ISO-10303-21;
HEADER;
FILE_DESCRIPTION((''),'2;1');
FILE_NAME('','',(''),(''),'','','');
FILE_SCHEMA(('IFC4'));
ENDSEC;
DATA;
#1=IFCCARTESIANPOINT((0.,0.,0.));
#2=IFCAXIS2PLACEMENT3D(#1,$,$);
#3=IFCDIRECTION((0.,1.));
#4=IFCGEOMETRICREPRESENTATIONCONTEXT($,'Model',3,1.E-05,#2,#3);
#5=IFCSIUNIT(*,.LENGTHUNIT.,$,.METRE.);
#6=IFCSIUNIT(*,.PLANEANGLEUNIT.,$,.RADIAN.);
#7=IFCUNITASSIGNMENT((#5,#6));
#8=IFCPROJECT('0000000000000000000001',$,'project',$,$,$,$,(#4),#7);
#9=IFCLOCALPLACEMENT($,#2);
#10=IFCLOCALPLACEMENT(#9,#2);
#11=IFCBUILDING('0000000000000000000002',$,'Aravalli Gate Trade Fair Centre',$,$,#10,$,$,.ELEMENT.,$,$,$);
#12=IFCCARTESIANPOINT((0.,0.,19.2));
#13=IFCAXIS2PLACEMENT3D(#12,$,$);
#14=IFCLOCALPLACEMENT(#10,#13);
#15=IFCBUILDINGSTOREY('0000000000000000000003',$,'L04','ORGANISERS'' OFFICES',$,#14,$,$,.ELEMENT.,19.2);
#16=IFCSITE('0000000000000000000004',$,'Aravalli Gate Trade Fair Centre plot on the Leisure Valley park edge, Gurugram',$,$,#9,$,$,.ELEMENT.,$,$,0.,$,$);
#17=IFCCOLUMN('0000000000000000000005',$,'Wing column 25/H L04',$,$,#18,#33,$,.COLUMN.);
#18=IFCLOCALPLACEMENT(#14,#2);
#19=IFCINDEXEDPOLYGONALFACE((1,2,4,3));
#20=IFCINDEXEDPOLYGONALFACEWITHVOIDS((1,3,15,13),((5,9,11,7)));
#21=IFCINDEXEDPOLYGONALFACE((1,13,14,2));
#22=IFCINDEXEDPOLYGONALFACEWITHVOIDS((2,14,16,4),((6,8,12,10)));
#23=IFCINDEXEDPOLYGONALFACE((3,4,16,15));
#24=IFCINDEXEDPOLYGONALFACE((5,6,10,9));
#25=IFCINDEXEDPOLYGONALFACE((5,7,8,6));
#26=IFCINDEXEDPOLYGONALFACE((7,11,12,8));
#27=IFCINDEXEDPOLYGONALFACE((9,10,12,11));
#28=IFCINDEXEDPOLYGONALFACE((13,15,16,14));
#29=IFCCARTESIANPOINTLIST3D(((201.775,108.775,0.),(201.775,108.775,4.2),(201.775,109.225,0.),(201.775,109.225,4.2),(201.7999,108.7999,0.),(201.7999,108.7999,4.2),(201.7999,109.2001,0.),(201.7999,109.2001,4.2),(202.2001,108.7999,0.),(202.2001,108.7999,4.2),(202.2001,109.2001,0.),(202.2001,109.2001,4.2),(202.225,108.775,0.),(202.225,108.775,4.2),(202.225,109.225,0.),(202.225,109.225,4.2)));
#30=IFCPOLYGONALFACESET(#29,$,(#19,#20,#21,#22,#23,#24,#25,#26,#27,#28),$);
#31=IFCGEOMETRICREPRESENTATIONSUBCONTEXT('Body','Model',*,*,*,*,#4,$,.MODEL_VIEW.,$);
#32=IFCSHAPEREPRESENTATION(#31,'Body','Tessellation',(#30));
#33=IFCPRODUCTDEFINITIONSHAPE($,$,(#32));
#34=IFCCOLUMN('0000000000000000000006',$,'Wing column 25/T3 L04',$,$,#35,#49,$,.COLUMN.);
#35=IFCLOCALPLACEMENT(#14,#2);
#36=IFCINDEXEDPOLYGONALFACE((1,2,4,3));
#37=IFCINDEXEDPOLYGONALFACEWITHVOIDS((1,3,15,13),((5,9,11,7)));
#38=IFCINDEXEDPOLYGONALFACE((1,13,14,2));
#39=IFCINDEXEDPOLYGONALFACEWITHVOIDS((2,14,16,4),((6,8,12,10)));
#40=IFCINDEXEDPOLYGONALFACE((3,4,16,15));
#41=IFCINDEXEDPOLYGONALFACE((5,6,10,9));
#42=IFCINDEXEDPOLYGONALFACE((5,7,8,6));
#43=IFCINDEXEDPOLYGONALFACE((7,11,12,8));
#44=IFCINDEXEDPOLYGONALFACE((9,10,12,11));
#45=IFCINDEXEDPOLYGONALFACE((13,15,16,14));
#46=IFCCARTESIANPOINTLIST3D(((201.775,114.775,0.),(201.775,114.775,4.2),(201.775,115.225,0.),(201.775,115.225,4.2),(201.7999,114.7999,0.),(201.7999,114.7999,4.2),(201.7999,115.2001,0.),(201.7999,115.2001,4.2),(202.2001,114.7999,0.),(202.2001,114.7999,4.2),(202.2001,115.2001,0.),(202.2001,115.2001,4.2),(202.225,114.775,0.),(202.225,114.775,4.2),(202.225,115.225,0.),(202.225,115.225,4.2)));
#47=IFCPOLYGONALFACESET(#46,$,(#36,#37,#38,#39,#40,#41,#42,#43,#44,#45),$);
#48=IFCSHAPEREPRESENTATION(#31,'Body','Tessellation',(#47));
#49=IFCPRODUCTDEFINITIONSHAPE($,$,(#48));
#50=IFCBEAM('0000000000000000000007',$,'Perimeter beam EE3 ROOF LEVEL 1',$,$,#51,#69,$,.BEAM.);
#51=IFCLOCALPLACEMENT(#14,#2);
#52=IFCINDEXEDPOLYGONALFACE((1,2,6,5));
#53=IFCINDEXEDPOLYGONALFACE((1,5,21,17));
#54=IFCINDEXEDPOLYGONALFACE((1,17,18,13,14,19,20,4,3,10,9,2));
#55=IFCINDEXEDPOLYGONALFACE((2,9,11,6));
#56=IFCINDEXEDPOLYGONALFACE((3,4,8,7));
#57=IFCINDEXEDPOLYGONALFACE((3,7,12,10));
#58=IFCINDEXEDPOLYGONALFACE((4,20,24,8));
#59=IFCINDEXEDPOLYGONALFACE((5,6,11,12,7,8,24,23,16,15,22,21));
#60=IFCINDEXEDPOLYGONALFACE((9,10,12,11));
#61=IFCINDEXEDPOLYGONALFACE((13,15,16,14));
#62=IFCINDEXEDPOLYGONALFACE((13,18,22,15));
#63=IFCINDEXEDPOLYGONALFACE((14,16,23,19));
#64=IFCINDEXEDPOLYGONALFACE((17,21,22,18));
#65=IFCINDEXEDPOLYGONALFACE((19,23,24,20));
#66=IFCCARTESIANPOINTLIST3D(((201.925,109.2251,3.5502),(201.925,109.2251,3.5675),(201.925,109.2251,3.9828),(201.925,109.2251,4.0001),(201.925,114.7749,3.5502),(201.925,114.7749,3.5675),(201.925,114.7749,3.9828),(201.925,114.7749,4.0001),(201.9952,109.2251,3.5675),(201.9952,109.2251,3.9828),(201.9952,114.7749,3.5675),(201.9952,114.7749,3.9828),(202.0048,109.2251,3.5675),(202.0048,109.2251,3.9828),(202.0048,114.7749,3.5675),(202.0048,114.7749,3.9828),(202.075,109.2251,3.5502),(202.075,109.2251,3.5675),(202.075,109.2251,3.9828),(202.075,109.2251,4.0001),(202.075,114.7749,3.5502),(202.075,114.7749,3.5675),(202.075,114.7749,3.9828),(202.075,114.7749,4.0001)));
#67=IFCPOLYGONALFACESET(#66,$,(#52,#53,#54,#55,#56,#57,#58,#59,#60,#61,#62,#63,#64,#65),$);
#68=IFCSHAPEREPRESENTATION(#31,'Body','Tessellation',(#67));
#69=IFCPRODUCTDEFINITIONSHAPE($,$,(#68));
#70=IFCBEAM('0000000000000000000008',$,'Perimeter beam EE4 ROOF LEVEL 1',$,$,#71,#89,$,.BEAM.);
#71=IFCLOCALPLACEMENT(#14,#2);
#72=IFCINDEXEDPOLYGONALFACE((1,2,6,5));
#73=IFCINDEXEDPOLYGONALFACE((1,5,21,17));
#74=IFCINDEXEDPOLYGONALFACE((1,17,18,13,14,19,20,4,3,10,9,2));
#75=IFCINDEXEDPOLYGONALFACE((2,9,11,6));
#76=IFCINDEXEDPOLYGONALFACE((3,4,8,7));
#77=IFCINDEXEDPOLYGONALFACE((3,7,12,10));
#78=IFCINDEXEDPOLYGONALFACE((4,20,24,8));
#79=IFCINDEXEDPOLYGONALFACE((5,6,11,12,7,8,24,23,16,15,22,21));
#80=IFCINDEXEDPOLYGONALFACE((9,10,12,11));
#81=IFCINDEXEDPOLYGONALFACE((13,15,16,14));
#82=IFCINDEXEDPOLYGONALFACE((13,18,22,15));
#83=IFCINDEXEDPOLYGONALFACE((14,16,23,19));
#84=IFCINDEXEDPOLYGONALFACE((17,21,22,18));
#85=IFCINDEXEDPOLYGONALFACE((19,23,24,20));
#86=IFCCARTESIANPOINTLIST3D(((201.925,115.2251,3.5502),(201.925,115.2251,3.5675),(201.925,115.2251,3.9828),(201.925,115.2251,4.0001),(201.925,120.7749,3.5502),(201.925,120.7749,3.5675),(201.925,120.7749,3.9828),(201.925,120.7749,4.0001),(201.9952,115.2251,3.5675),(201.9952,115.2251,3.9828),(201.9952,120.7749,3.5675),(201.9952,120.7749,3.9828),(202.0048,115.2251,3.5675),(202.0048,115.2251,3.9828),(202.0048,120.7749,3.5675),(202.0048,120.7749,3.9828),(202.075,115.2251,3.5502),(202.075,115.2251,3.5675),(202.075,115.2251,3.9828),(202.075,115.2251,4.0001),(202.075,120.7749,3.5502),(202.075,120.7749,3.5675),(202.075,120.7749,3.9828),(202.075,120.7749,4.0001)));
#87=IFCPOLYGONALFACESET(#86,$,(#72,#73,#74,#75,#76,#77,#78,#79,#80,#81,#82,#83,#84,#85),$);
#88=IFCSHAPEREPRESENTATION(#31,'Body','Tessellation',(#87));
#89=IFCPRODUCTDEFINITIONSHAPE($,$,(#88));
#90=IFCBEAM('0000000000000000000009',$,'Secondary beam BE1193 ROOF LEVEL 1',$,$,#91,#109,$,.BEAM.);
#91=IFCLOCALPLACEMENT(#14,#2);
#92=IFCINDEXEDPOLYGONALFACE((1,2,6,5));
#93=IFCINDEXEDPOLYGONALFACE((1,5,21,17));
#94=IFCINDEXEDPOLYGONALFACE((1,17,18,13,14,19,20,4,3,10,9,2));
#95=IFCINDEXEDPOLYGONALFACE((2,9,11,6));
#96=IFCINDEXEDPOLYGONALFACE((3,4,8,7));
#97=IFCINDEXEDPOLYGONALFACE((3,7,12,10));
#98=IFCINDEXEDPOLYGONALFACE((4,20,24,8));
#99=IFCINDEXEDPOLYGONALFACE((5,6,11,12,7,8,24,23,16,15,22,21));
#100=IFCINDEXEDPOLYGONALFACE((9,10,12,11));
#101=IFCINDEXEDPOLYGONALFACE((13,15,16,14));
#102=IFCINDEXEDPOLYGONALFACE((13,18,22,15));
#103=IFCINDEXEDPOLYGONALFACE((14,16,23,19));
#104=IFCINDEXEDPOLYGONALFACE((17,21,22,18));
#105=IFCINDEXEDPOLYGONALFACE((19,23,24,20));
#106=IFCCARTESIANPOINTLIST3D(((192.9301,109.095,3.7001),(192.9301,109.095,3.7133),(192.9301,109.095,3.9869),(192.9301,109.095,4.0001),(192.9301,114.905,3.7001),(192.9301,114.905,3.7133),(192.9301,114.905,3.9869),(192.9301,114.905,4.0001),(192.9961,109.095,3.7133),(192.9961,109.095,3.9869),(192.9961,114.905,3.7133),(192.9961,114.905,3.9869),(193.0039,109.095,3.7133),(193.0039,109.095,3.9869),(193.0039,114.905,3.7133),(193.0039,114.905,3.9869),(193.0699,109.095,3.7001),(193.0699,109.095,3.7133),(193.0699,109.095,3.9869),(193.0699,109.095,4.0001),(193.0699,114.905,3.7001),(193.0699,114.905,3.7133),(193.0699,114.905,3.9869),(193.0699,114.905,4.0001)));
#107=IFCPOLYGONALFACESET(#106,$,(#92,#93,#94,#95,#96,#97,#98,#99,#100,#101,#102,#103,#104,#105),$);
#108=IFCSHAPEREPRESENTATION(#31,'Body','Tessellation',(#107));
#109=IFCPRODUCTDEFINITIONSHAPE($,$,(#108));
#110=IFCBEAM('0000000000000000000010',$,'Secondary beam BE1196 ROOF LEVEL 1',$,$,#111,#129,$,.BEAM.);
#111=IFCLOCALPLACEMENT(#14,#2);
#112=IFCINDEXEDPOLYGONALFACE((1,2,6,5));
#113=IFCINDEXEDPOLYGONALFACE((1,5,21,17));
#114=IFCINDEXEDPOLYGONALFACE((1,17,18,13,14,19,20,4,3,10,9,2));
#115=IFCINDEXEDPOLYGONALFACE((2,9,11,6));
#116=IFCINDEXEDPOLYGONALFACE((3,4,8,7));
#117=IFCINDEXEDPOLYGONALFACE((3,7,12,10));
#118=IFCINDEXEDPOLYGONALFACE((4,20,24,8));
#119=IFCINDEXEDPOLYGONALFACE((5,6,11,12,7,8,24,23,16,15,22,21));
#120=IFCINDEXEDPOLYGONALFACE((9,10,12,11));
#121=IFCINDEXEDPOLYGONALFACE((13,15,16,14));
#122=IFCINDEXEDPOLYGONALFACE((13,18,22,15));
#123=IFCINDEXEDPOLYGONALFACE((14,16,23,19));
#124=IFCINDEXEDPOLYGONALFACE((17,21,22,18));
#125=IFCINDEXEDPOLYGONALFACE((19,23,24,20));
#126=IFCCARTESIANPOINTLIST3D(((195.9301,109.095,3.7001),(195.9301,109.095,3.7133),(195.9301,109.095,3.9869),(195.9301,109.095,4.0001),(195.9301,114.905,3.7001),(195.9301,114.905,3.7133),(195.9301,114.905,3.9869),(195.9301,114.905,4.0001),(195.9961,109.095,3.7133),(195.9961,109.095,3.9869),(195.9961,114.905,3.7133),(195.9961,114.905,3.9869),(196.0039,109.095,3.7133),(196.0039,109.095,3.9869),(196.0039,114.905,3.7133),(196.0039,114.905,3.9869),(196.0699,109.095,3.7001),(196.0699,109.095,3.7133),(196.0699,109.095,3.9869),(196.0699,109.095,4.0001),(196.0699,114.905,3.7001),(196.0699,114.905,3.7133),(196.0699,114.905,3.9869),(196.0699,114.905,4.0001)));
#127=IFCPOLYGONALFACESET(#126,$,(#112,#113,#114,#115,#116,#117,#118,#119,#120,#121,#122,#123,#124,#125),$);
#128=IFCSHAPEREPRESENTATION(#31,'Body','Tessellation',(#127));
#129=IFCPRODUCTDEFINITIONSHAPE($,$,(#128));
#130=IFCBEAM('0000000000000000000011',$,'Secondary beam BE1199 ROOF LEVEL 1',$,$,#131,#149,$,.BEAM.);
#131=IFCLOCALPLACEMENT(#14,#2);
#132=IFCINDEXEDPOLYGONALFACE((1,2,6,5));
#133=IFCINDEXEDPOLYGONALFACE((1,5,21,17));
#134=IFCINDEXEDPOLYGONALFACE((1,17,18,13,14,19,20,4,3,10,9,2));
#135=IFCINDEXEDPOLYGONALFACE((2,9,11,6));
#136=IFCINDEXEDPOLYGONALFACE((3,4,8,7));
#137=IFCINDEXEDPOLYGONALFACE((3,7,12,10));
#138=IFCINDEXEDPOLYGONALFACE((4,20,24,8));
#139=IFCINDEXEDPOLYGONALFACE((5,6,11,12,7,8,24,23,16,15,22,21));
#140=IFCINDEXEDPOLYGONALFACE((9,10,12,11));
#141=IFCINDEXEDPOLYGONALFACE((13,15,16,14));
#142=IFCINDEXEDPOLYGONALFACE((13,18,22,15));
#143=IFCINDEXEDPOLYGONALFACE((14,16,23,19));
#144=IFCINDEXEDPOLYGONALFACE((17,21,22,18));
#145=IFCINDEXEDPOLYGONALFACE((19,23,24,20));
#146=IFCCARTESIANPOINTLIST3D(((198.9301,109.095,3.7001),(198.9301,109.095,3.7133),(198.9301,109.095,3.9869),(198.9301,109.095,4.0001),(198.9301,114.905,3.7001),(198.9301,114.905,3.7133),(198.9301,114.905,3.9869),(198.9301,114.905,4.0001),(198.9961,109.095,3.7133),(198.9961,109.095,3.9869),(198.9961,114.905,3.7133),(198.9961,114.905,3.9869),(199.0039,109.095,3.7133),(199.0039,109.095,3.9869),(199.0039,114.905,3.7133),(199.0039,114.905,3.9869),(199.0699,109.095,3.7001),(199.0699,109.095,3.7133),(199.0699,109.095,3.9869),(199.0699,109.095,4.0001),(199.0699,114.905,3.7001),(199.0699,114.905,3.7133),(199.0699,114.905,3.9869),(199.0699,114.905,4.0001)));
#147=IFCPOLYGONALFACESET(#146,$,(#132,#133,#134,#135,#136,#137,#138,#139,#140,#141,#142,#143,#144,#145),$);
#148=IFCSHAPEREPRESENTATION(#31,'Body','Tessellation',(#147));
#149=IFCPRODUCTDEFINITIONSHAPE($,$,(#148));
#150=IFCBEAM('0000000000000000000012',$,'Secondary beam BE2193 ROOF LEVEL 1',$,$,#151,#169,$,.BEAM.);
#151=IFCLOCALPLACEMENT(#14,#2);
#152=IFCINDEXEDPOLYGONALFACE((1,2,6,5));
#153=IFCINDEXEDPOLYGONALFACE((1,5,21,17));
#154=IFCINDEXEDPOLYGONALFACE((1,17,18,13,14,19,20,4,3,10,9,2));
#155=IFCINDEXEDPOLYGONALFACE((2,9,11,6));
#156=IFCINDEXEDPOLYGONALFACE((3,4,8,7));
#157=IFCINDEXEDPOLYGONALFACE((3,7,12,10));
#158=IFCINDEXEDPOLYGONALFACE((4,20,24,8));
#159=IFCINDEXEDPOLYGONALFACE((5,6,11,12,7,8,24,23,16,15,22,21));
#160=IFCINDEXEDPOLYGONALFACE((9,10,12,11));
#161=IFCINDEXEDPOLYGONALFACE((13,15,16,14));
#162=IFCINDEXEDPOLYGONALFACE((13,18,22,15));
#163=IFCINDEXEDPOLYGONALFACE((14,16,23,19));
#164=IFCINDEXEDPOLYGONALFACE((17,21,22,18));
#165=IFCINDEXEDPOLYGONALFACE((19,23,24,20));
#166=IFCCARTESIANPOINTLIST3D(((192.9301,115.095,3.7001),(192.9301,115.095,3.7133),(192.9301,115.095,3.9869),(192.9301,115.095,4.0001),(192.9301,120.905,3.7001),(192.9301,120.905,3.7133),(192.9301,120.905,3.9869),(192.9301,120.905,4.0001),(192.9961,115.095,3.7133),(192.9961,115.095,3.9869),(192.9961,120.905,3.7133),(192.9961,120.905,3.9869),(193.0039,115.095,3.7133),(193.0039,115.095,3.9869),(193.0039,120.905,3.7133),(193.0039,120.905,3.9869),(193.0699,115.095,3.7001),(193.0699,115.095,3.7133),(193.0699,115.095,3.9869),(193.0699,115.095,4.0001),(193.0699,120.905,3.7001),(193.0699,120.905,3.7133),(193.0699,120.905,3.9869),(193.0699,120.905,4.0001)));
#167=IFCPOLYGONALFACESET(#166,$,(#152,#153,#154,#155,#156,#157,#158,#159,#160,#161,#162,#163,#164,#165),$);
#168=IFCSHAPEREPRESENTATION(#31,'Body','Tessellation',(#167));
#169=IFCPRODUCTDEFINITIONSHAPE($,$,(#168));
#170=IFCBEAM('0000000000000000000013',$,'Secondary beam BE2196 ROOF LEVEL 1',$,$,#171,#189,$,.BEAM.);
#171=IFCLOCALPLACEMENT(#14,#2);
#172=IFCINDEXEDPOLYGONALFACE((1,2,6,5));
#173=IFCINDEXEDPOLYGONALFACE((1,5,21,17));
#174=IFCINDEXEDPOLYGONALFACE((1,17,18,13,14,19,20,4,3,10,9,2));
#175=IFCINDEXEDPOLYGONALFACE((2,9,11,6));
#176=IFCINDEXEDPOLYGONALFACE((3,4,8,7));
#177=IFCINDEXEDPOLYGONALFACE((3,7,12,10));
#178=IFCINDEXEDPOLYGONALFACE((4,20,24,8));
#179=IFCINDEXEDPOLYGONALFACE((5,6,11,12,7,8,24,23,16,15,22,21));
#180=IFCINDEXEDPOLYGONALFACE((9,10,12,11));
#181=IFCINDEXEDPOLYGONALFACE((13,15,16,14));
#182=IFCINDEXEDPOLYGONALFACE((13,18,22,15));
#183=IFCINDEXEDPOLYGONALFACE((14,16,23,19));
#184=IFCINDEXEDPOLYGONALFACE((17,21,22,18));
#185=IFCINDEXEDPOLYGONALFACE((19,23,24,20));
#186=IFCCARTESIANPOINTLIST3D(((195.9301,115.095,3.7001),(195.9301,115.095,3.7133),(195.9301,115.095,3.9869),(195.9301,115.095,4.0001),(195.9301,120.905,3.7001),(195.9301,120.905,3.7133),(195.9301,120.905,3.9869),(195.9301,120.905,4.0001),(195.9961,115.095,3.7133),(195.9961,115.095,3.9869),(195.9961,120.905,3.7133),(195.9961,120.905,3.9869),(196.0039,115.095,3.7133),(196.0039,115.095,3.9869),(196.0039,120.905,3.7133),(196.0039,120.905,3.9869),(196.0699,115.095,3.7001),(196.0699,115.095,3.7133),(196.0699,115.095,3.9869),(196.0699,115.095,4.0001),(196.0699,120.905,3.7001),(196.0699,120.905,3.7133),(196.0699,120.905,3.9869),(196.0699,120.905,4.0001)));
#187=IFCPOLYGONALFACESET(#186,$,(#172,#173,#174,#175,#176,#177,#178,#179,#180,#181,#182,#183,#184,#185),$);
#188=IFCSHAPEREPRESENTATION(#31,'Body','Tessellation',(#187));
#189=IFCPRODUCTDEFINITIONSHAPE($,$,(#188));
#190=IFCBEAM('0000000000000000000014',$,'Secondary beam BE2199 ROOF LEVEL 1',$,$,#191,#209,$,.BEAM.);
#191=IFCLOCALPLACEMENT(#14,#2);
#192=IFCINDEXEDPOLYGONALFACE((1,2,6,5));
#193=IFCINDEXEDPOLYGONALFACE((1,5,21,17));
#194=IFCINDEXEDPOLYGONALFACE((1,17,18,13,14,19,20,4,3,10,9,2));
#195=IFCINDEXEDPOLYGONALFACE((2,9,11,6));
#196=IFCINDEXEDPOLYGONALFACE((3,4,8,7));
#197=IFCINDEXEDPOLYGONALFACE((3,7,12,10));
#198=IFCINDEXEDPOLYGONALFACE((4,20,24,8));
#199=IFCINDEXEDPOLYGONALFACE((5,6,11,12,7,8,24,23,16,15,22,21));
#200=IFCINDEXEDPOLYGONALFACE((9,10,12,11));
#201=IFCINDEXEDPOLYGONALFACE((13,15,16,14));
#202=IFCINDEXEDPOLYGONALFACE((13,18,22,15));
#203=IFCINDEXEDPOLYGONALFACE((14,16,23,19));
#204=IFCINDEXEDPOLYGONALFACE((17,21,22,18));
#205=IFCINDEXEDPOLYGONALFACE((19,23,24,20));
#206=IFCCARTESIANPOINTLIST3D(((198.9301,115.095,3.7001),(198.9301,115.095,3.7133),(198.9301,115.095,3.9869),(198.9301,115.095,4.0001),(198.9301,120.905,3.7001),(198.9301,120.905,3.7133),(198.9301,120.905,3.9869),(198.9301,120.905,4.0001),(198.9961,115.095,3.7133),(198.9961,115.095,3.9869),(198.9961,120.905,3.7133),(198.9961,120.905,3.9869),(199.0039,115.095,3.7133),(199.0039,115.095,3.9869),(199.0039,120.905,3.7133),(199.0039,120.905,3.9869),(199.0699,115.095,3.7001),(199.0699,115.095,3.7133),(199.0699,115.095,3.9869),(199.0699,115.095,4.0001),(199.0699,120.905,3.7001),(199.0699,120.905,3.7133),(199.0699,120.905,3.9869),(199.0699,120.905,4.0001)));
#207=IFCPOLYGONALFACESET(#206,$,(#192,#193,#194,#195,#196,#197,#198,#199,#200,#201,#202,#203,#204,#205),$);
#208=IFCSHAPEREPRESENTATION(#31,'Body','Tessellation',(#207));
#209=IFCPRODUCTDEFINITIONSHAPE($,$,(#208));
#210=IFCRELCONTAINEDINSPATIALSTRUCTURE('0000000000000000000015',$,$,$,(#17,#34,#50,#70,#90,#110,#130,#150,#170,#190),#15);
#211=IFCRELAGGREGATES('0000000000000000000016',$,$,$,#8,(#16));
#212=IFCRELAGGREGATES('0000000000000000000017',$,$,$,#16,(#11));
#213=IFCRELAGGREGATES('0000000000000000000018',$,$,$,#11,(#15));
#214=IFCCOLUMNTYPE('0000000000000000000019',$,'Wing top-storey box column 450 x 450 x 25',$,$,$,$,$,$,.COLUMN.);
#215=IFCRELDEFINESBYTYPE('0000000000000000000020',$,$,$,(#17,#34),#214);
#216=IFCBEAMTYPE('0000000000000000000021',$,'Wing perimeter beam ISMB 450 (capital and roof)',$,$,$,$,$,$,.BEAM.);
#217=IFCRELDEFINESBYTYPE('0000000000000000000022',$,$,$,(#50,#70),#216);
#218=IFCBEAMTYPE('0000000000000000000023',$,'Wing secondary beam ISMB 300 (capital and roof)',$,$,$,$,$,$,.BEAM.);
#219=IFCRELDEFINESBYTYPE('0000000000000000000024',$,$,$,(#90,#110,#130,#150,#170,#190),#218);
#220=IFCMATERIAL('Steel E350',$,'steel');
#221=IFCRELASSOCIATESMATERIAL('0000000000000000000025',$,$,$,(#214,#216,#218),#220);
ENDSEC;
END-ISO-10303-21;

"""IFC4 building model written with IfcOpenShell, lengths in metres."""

from ifc_helpers import new_model, si_unit, direction, frame, origin, origin_2d, place, context, subcontext, project, spatial, hollow_rectangle, i_section, extrude, material, material_profile, profile_set, type_object, element, save


model = new_model("IFC4")

# Units and contexts
model_context = context("Model", 3, precision=1e-05, world=origin(), true_north=direction((0.0, 1.0)))
body_context = subcontext(model_context, "Body", "Model", "MODEL_VIEW")
ifc_project = project(units=[si_unit("LENGTHUNIT", "METRE"), si_unit("PLANEANGLEUNIT", "RADIAN")], contexts=[model_context])

# Site, building, storey
site_placement = place(None, origin())
site = spatial("IfcSite", under=ifc_project, at=site_placement, Name="Aravalli Gate Trade Fair Centre plot on the Leisure Valley park edge, Gurugram", CompositionType="ELEMENT", RefElevation=0.0)
building_placement = place(site_placement, origin())
building = spatial("IfcBuilding", under=site, at=building_placement, Name="Aravalli Gate Trade Fair Centre", CompositionType="ELEMENT")
storey_placement = place(building_placement, frame((0.0, 0.0, 19.2)))
storey = spatial("IfcBuildingStorey", under=building, at=storey_placement, Name="L04", Description="ORGANISERS' OFFICES", CompositionType="ELEMENT", Elevation=19.2)

# Columns
ifc_material_1 = material(Name="Steel E350", Category="steel")
ifc_material_profile_1 = material_profile(ifc_material_1, hollow_rectangle(XDim=0.45, YDim=0.45, WallThickness=0.0249, at=origin_2d()), Name="BOX 450x450x25")
ifc_profile_set_1 = profile_set([ifc_material_profile_1], Name="Steel E350")
column_type = type_object("IfcColumnType", Name="Wing top-storey box column 450 x 450 x 25", PredefinedType="COLUMN", material=ifc_profile_set_1)
for number, where, z_axis, x_axis, name in (
    (1, (202.0, 109.0, 0.0), (0.0, 0.0, 1.0), (1.0, 0.0, 0.0), "Wing column 25/H L04"),
    (2, (202.0, 115.0, 0.0), (0.0, 0.0, 1.0), (1.0, 0.0, 0.0), "Wing column 25/T3 L04"),
):
    element("IfcColumn", number, at=place(storey_placement, frame(where, z_axis=z_axis, x_axis=x_axis)), inside=storey, type_object=column_type, Name=name, PredefinedType="COLUMN", context=body_context, shape_type="SweptSolid", body=[
        extrude(hollow_rectangle(XDim=0.45, YDim=0.45, WallThickness=0.0249, at=origin_2d()), origin(), (0.0, 0.0, 1.0), 4.2),
    ])

# Beams
ifc_material_profile_2 = material_profile(ifc_material_1, i_section(OverallWidth=0.1499, OverallDepth=0.45, WebThickness=0.0095, FlangeThickness=0.0173, at=origin_2d()), Name="ISMB 450")
ifc_profile_set_2 = profile_set([ifc_material_profile_2], Name="Steel E350")
beam_type_1 = type_object("IfcBeamType", Name="Wing perimeter beam ISMB 450 (capital and roof)", PredefinedType="BEAM", material=ifc_profile_set_2)
for number, where, z_axis, x_axis, name in (
    (3, (202.0, 109.2251, 3.7751), (0.0, 1.0, 0.0), (-1.0, 0.0, 0.0), "Perimeter beam EE3 ROOF LEVEL 1"),
    (4, (202.0, 115.2251, 3.7751), (0.0, 1.0, 0.0), (-1.0, 0.0, 0.0), "Perimeter beam EE4 ROOF LEVEL 1"),
):
    element("IfcBeam", number, at=place(storey_placement, frame(where, z_axis=z_axis, x_axis=x_axis)), inside=storey, type_object=beam_type_1, Name=name, PredefinedType="BEAM", context=body_context, shape_type="SweptSolid", body=[
        extrude(i_section(OverallWidth=0.1499, OverallDepth=0.45, WebThickness=0.0095, FlangeThickness=0.0173, at=origin_2d()), origin(), (0.0, 0.0, 1.0), 5.5498),
    ])
ifc_material_profile_3 = material_profile(ifc_material_1, i_section(OverallWidth=0.1399, OverallDepth=0.3, WebThickness=0.0078, FlangeThickness=0.0132, at=origin_2d()), Name="ISMB 300")
ifc_profile_set_3 = profile_set([ifc_material_profile_3], Name="Steel E350")
beam_type_2 = type_object("IfcBeamType", Name="Wing secondary beam ISMB 300 (capital and roof)", PredefinedType="BEAM", material=ifc_profile_set_3)
for number, where, z_axis, x_axis, name in (
    (5, (193.0, 109.095, 3.8501), (0.0, 1.0, 0.0), (-1.0, 0.0, 0.0), "Secondary beam BE1193 ROOF LEVEL 1"),
    (6, (196.0, 109.095, 3.8501), (0.0, 1.0, 0.0), (-1.0, 0.0, 0.0), "Secondary beam BE1196 ROOF LEVEL 1"),
    (7, (199.0, 109.095, 3.8501), (0.0, 1.0, 0.0), (-1.0, 0.0, 0.0), "Secondary beam BE1199 ROOF LEVEL 1"),
    (8, (193.0, 115.095, 3.8501), (0.0, 1.0, 0.0), (-1.0, 0.0, 0.0), "Secondary beam BE2193 ROOF LEVEL 1"),
    (9, (196.0, 115.095, 3.8501), (0.0, 1.0, 0.0), (-1.0, 0.0, 0.0), "Secondary beam BE2196 ROOF LEVEL 1"),
    (10, (199.0, 115.095, 3.8501), (0.0, 1.0, 0.0), (-1.0, 0.0, 0.0), "Secondary beam BE2199 ROOF LEVEL 1"),
):
    element("IfcBeam", number, at=place(storey_placement, frame(where, z_axis=z_axis, x_axis=x_axis)), inside=storey, type_object=beam_type_2, Name=name, PredefinedType="BEAM", context=body_context, shape_type="SweptSolid", body=[
        extrude(i_section(OverallWidth=0.1399, OverallDepth=0.3, WebThickness=0.0078, FlangeThickness=0.0132, at=origin_2d()), origin(), (0.0, 0.0, 1.0), 5.8101),
    ])

save(model, "model.ifc")
